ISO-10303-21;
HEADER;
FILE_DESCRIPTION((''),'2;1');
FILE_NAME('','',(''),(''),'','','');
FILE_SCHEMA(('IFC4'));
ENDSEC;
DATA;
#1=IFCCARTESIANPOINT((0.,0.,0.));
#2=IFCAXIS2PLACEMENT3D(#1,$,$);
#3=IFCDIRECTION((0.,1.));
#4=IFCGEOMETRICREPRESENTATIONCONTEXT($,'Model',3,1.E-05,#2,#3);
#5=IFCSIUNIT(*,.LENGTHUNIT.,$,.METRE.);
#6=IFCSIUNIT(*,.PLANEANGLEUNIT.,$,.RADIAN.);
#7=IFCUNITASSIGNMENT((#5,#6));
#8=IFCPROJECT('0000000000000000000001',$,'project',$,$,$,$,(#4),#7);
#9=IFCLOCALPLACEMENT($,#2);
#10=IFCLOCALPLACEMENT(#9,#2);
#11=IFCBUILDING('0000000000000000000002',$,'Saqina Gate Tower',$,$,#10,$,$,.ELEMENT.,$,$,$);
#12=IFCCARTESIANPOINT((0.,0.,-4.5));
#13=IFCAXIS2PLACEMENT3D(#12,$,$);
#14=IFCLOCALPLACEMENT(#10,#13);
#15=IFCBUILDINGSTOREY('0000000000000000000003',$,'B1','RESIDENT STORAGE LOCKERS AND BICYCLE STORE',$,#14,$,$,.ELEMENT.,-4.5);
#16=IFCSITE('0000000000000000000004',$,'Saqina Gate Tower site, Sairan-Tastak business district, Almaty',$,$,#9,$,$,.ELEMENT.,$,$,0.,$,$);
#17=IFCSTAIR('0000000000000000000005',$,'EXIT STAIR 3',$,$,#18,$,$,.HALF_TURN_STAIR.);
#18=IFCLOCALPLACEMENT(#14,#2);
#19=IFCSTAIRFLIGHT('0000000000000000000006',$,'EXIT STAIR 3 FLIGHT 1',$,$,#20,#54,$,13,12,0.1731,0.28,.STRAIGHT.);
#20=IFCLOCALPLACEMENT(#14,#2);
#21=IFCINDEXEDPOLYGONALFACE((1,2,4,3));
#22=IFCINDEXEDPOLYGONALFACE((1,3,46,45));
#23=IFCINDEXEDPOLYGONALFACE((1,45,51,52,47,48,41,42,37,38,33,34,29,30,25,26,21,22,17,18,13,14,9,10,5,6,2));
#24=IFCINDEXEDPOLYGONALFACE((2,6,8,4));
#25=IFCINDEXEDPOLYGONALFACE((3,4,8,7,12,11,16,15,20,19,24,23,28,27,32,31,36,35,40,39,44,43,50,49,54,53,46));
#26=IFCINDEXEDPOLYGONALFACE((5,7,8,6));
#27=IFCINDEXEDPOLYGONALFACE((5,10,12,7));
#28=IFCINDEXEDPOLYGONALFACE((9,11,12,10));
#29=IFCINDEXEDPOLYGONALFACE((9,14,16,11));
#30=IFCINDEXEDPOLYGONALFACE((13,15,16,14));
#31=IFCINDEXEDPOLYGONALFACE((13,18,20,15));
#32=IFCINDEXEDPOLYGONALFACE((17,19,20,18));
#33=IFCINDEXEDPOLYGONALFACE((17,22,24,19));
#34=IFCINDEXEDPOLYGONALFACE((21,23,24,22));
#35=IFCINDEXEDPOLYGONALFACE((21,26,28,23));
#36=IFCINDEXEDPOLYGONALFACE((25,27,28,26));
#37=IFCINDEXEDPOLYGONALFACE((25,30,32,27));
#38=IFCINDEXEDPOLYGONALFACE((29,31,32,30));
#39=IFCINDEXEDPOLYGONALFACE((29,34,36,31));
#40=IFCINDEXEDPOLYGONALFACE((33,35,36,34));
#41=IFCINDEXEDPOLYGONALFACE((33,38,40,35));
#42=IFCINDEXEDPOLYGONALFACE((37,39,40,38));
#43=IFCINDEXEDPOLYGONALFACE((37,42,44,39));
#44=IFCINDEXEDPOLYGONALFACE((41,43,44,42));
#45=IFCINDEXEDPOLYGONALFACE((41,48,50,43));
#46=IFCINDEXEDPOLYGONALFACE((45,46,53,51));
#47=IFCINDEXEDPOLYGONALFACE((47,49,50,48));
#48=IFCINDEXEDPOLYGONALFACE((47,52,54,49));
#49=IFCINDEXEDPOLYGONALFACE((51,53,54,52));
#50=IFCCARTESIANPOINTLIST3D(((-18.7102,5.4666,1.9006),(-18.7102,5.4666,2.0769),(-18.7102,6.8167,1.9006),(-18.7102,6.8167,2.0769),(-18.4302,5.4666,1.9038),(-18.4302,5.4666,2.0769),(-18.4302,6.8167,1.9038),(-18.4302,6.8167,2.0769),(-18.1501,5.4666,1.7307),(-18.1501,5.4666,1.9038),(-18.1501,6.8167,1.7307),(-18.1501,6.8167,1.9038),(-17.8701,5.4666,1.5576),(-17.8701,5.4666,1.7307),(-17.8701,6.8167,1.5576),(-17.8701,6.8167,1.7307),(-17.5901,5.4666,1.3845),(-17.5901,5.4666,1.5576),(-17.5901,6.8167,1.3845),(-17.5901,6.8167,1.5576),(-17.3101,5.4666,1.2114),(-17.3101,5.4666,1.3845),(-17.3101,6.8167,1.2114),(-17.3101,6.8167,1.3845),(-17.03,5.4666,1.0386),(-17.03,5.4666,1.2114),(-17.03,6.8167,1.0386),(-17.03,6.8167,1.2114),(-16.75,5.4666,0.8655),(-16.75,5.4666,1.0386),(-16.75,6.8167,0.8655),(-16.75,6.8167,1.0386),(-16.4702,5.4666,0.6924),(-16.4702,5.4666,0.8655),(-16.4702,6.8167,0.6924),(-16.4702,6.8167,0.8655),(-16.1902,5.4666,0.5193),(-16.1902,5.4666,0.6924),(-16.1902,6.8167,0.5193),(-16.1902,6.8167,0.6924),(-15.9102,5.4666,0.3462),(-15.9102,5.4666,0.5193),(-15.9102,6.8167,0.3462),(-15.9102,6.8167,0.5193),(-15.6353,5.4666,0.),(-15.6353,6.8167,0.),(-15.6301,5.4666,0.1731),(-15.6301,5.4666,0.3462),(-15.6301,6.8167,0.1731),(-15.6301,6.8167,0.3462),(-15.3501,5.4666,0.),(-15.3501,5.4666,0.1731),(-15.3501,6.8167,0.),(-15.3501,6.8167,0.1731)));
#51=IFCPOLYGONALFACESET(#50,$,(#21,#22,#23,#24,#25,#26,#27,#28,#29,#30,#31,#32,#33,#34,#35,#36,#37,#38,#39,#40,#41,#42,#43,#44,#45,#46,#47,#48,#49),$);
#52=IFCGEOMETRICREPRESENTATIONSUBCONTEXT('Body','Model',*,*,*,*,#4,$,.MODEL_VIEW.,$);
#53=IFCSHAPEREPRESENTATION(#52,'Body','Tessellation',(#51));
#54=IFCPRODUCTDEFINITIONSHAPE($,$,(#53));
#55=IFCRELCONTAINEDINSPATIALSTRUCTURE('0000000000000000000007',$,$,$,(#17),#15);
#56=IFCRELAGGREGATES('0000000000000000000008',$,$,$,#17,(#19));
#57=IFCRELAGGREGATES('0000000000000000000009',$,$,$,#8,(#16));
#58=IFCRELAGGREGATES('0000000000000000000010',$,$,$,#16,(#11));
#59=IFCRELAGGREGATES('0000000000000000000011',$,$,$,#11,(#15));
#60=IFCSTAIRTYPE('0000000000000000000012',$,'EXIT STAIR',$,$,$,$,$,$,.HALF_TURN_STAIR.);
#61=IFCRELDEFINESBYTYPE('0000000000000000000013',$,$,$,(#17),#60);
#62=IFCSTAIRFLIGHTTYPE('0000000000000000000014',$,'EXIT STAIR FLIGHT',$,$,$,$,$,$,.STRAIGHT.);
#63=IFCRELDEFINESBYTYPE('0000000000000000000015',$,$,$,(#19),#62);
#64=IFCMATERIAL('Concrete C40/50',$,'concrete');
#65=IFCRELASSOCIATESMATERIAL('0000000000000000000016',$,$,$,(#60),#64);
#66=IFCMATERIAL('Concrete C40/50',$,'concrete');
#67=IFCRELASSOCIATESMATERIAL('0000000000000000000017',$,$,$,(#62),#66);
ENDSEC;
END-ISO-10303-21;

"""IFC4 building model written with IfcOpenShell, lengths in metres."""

from ifc_helpers import new_model, si_unit, direction, frame, origin, place, context, subcontext, project, spatial, polyline, outline, extrude, material, type_object, element, aggregate, save


model = new_model("IFC4")

# Units and contexts
model_context = context("Model", 3, precision=1e-05, world=origin(), true_north=direction((0.0, 1.0)))
body_context = subcontext(model_context, "Body", "Model", "MODEL_VIEW")
ifc_project = project(units=[si_unit("LENGTHUNIT", "METRE"), si_unit("PLANEANGLEUNIT", "RADIAN")], contexts=[model_context])

# Site, building, storey
site_placement = place(None, origin())
site = spatial("IfcSite", under=ifc_project, at=site_placement, Name="Saqina Gate Tower site, Sairan-Tastak business district, Almaty", CompositionType="ELEMENT", RefElevation=0.0)
building_placement = place(site_placement, origin())
building = spatial("IfcBuilding", under=site, at=building_placement, Name="Saqina Gate Tower", CompositionType="ELEMENT")
storey_placement = place(building_placement, frame((0.0, 0.0, -4.5)))
storey = spatial("IfcBuildingStorey", under=building, at=storey_placement, Name="B1", Description="RESIDENT STORAGE LOCKERS AND BICYCLE STORE", CompositionType="ELEMENT", Elevation=-4.5)

# Stair, stair flight
ifc_material_1 = material(Name="Concrete C40/50", Category="concrete")
stair_type = type_object("IfcStairType", Name="EXIT STAIR", PredefinedType="HALF_TURN_STAIR", material=ifc_material_1)
stair_placement = place(storey_placement, origin())
stair = element("IfcStair", 1, at=stair_placement, inside=storey, type_object=stair_type, Name="EXIT STAIR 3", PredefinedType="HALF_TURN_STAIR")
ifc_material_2 = material(Name="Concrete C40/50", Category="concrete")
stair_flight_type = type_object("IfcStairFlightType", Name="EXIT STAIR FLIGHT", PredefinedType="STRAIGHT", material=ifc_material_2)
stair_flight_placement = place(storey_placement, frame((-15.3501, 6.1416, 0.0), z_axis=(0.0, 0.0, 1.0), x_axis=(-1.0, 0.0, 0.0)))
stair_flight = element("IfcStairFlight", 2, at=stair_flight_placement, type_object=stair_flight_type, Name="EXIT STAIR 3 FLIGHT 1", NumberOfRisers=13, NumberOfTreads=12, PredefinedType="STRAIGHT", RiserHeight=0.1731, TreadLength=0.28, context=body_context, shape_type="SweptSolid", body=[
    extrude(outline(polyline([(0.0, 0.0), (0.0, 0.1731), (0.28, 0.1731), (0.28, 0.3462), (0.5601, 0.3462), (0.5601, 0.5193), (0.8401, 0.5193), (0.8401, 0.6924), (1.1201, 0.6924), (1.1201, 0.8655), (1.3999, 0.8655), (1.3999, 1.0386), (1.6799, 1.0386), (1.6799, 1.2114), (1.96, 1.2114), (1.96, 1.3845), (2.24, 1.3845), (2.24, 1.5576), (2.52, 1.5576), (2.52, 1.7307), (2.8, 1.7307), (2.8, 1.9038), (3.0801, 1.9038), (3.0801, 2.0769), (3.3601, 2.0769), (3.3601, 2.25), (3.3601, 1.9006), (0.2852, 0.0), (0.0, 0.0)])), frame((0.0, 0.675, 0.0), z_axis=(0.0, -1.0, 0.0), x_axis=(1.0, 0.0, 0.0)), (0.0, 0.0, 1.0), 1.3501),
])
aggregate(stair, [stair_flight])

save(model, "model.ifc")
